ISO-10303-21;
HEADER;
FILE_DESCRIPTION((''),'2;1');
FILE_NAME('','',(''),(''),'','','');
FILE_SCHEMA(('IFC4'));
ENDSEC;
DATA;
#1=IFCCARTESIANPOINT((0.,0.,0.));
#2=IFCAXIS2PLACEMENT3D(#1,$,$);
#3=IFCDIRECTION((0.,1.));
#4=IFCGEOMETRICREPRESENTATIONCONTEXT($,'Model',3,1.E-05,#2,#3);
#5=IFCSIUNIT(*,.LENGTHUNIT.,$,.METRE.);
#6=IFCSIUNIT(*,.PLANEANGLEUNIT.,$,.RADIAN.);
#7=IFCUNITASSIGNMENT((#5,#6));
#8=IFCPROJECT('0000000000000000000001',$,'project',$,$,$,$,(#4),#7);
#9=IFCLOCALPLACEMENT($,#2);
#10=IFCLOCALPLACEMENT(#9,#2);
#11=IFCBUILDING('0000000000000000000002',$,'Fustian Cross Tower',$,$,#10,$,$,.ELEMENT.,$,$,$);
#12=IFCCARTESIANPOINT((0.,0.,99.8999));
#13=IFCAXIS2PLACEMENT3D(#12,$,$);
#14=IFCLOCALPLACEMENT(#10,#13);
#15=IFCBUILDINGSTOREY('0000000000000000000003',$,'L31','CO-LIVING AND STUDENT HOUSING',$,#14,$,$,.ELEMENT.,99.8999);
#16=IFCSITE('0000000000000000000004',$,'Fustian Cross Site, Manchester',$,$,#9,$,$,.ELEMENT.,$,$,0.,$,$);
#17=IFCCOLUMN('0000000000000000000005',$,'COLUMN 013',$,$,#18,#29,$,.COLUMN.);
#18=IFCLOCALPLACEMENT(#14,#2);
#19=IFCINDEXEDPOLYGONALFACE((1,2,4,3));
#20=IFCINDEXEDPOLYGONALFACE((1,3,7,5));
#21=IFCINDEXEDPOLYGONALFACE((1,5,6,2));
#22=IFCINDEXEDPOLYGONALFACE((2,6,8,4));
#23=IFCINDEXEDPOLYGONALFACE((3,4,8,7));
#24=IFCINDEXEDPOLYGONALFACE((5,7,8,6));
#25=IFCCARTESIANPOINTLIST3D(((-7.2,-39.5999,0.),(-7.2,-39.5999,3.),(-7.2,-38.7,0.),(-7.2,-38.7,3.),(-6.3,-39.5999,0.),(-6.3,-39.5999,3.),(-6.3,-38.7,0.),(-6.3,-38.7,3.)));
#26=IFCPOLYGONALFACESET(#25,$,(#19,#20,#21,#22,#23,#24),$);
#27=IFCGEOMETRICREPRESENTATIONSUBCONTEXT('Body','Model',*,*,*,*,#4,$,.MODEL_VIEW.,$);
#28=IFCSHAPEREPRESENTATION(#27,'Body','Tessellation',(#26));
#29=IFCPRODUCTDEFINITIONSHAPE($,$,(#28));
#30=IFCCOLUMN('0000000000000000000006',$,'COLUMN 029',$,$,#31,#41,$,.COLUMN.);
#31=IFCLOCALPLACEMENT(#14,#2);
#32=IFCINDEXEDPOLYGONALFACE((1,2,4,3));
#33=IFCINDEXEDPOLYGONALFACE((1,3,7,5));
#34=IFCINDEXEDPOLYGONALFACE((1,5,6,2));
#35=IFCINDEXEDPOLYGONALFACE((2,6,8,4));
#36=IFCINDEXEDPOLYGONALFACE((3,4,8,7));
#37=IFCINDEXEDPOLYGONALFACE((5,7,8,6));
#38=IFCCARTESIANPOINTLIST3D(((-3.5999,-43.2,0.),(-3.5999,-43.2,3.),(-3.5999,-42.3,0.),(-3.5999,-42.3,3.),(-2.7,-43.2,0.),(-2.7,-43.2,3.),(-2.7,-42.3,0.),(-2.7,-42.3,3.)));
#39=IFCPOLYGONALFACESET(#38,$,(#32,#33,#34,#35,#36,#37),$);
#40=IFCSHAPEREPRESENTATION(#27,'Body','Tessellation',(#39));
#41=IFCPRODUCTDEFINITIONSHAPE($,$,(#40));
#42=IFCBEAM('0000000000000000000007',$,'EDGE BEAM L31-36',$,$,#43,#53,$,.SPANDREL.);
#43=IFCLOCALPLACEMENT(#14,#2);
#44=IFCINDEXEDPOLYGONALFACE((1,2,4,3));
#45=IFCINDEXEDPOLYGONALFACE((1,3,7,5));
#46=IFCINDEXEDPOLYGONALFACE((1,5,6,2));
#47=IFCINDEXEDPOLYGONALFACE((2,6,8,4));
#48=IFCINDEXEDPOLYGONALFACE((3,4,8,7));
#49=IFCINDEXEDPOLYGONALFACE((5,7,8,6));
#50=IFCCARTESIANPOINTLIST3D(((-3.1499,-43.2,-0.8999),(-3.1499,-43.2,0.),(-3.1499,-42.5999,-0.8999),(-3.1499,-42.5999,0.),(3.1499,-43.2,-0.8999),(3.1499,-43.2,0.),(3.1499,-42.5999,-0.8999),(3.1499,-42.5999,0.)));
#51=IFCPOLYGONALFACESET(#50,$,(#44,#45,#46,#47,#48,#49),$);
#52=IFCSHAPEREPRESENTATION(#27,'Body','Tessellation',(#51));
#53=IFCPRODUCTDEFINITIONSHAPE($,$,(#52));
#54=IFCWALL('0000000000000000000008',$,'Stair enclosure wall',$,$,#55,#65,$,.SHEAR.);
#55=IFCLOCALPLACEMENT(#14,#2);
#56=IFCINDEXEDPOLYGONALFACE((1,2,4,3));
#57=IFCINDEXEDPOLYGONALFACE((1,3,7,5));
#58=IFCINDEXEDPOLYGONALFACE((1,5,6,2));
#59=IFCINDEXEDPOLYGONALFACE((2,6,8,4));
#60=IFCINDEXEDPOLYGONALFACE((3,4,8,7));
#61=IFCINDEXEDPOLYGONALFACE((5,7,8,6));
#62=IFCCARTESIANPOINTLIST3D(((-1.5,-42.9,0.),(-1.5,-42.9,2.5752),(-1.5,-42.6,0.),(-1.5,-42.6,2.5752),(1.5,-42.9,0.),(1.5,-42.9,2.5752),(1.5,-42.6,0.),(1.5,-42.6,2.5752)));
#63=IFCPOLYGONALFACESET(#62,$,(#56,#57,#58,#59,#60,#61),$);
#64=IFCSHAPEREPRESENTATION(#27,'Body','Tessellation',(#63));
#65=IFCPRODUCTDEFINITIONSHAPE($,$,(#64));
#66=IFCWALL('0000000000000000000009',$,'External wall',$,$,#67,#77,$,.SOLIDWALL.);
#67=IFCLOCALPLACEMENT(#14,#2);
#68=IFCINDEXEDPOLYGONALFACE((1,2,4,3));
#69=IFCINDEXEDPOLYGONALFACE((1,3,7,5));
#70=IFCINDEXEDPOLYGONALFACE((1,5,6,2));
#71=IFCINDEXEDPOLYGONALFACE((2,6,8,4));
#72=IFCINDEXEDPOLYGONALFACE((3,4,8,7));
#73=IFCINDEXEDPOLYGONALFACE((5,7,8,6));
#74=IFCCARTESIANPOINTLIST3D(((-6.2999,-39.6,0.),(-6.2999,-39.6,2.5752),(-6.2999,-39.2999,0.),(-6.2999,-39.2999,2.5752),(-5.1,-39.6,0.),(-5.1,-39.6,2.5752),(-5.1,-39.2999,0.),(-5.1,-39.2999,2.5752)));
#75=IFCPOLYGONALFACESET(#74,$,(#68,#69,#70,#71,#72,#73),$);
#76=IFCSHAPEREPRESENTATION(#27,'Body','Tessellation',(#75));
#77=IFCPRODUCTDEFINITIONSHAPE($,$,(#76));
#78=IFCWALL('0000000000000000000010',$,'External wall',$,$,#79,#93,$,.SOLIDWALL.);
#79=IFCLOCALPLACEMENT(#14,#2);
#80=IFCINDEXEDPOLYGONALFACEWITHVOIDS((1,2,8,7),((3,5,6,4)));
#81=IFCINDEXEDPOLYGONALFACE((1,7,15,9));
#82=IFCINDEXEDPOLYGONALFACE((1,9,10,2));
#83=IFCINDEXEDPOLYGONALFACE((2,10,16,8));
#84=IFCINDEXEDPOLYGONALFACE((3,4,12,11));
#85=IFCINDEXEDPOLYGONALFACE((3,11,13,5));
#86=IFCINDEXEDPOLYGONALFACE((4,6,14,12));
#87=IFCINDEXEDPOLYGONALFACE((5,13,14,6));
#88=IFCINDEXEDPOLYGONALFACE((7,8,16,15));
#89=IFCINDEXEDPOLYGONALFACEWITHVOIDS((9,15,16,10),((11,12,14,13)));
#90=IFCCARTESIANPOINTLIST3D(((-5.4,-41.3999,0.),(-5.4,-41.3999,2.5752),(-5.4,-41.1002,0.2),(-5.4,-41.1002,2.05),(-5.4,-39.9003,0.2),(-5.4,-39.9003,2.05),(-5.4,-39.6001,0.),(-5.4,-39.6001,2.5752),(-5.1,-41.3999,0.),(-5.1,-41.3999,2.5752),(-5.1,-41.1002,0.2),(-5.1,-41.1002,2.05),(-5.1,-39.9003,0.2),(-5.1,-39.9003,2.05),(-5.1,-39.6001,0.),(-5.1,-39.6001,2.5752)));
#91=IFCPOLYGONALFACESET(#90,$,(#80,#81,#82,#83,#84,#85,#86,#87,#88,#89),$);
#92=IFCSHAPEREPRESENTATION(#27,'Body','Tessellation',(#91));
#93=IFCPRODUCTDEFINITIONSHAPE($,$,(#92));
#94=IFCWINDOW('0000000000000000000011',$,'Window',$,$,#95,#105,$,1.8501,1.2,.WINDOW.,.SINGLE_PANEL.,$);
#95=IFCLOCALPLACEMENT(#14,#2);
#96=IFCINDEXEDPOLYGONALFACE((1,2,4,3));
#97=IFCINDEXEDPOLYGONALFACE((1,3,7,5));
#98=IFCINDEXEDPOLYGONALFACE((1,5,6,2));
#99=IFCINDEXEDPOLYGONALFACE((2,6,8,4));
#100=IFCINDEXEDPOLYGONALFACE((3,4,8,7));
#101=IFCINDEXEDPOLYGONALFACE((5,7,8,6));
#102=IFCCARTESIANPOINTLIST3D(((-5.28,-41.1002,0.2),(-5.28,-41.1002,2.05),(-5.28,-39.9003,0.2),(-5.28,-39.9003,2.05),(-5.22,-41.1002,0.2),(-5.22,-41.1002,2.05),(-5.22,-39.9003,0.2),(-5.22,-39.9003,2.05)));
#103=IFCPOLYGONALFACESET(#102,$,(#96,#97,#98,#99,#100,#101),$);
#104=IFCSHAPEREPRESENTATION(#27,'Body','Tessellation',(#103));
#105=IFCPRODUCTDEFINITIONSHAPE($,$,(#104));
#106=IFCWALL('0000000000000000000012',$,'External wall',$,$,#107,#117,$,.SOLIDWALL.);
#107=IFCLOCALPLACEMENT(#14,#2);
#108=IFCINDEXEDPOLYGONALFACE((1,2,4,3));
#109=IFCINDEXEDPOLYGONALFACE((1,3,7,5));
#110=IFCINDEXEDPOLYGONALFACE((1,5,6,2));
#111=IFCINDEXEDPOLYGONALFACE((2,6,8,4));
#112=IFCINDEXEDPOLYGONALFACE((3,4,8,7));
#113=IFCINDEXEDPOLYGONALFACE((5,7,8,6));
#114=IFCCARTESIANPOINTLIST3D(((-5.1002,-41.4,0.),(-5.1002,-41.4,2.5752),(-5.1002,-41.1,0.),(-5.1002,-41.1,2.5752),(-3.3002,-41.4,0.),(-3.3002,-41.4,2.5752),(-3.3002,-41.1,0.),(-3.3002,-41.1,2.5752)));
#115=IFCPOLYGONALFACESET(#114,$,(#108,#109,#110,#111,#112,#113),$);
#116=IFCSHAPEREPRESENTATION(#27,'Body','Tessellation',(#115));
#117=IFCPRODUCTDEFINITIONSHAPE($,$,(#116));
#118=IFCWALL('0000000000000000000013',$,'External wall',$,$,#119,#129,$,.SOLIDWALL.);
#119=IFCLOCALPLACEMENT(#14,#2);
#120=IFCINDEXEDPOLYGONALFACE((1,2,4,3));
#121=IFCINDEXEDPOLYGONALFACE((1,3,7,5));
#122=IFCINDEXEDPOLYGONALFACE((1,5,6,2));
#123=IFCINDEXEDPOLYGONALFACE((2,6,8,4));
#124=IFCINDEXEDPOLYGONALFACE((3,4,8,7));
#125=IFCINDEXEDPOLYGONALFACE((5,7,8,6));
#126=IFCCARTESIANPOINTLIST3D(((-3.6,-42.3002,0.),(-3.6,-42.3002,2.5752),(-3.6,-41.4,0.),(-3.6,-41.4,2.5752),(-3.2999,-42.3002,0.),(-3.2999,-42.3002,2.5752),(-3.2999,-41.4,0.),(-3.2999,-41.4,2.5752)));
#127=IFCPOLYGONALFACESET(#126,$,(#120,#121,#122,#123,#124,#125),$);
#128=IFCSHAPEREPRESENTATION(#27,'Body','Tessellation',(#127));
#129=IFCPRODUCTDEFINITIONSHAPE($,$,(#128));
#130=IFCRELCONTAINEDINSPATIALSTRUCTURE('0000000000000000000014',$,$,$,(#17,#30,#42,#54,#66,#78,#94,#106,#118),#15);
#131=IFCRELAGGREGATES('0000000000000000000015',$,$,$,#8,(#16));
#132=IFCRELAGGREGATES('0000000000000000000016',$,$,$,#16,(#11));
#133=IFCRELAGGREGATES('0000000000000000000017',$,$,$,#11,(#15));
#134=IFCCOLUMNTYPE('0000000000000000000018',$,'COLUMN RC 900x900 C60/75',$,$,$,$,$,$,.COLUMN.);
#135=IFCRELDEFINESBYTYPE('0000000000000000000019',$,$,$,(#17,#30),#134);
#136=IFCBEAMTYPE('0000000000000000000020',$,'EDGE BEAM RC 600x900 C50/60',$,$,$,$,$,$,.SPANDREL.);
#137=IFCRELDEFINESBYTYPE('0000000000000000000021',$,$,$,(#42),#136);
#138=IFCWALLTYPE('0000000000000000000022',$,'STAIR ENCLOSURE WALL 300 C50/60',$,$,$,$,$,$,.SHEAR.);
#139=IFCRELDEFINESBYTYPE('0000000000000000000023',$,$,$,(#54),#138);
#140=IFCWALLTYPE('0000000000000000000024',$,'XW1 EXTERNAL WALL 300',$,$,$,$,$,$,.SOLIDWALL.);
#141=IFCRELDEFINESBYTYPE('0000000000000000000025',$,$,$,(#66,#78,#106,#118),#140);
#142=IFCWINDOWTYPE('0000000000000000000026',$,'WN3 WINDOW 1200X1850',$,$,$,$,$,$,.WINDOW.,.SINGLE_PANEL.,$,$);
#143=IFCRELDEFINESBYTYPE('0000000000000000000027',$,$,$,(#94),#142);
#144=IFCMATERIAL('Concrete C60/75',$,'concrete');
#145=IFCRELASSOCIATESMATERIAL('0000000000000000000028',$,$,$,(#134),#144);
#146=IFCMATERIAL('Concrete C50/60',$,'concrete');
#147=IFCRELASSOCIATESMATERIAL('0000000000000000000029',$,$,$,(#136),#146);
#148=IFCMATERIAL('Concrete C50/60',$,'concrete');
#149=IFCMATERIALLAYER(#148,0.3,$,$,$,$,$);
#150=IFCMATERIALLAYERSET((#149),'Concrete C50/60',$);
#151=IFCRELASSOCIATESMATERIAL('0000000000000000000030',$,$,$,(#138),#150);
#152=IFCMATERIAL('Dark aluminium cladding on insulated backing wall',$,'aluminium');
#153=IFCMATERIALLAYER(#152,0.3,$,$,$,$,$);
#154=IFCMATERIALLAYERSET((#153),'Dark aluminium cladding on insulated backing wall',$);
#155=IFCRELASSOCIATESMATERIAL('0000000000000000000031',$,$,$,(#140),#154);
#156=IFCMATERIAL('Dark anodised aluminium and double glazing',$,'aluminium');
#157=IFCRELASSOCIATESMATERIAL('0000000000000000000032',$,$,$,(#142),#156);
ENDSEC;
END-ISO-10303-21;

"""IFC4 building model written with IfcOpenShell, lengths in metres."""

from ifc_helpers import new_model, si_unit, direction, frame, frame_2d, origin, origin_2d, place, context, subcontext, project, spatial, rectangle, extrude, material, layer, layer_set, material_profile, profile_set, type_object, element, fill, save


model = new_model("IFC4")

# Units and contexts
model_context = context("Model", 3, precision=1e-05, world=origin(), true_north=direction((0.0, 1.0)))
body_context = subcontext(model_context, "Body", "Model", "MODEL_VIEW")
ifc_project = project(units=[si_unit("LENGTHUNIT", "METRE"), si_unit("PLANEANGLEUNIT", "RADIAN")], contexts=[model_context])

# Site, building, storey
site_placement = place(None, origin())
site = spatial("IfcSite", under=ifc_project, at=site_placement, Name="Fustian Cross Site, Manchester", CompositionType="ELEMENT", RefElevation=0.0)
building_placement = place(site_placement, origin())
building = spatial("IfcBuilding", under=site, at=building_placement, Name="Fustian Cross Tower", CompositionType="ELEMENT")
storey_placement = place(building_placement, frame((0.0, 0.0, 99.8999)))
storey = spatial("IfcBuildingStorey", under=building, at=storey_placement, Name="L31", Description="CO-LIVING AND STUDENT HOUSING", CompositionType="ELEMENT", Elevation=99.8999)

# Columns
ifc_material_1 = material(Name="Concrete C60/75", Category="concrete")
ifc_material_profile_1 = material_profile(ifc_material_1, rectangle(XDim=0.8999, YDim=0.8999, at=origin_2d()), Name="RC 900x900")
ifc_profile_set_1 = profile_set([ifc_material_profile_1], Name="Concrete C60/75")
column_type = type_object("IfcColumnType", Name="COLUMN RC 900x900 C60/75", PredefinedType="COLUMN", material=ifc_profile_set_1)
for number, where, z_axis, x_axis, name in (
    (1, (-6.75, -39.1499, 0.0), (0.0, 0.0, 1.0), (1.0, 0.0, 0.0), "COLUMN 013"),
    (2, (-3.1499, -42.75, 0.0), (0.0, 0.0, 1.0), (1.0, 0.0, 0.0), "COLUMN 029"),
):
    element("IfcColumn", number, at=place(storey_placement, frame(where, z_axis=z_axis, x_axis=x_axis)), inside=storey, type_object=column_type, Name=name, PredefinedType="COLUMN", context=body_context, shape_type="SweptSolid", body=[
        extrude(rectangle(XDim=0.8999, YDim=0.8999, at=origin_2d()), origin(), (0.0, 0.0, 1.0), 3.0),
    ])

# Beam
ifc_material_2 = material(Name="Concrete C50/60", Category="concrete")
ifc_material_profile_2 = material_profile(ifc_material_2, rectangle(XDim=0.6001, YDim=0.8999, at=origin_2d()), Name="RC 600x900")
ifc_profile_set_2 = profile_set([ifc_material_profile_2], Name="Concrete C50/60")
beam_type = type_object("IfcBeamType", Name="EDGE BEAM RC 600x900 C50/60", PredefinedType="SPANDREL", material=ifc_profile_set_2)
beam_placement = place(storey_placement, frame((-3.1499, -42.8999, -0.45), z_axis=(1.0, 0.0, 0.0), x_axis=(0.0, 1.0, 0.0)))
element("IfcBeam", 3, at=beam_placement, inside=storey, type_object=beam_type, Name="EDGE BEAM L31-36", PredefinedType="SPANDREL", context=body_context, shape_type="SweptSolid", body=[
    extrude(rectangle(XDim=0.6001, YDim=0.8999, at=origin_2d()), origin(), (0.0, 0.0, 1.0), 6.2998),
])

# Walls
ifc_material_3 = material(Name="Concrete C50/60", Category="concrete")
ifc_layer_1 = layer(ifc_material_3, 0.3)
ifc_layer_set_1 = layer_set([ifc_layer_1], Name="Concrete C50/60")
wall_type_1 = type_object("IfcWallType", Name="STAIR ENCLOSURE WALL 300 C50/60", PredefinedType="SHEAR", material=ifc_layer_set_1)
wall_1_placement = place(storey_placement, frame((-1.5, -42.75, 0.0), z_axis=(0.0, 0.0, 1.0), x_axis=(1.0, 0.0, 0.0)))
element("IfcWall", 4, at=wall_1_placement, inside=storey, type_object=wall_type_1, Name="Stair enclosure wall", PredefinedType="SHEAR", context=body_context, shape_type="SweptSolid", body=[
    extrude(rectangle(XDim=3.0, YDim=0.3, at=frame_2d((1.5, 0.0))), origin(), (0.0, 0.0, 1.0), 2.5752),
])
ifc_material_4 = material(Name="Dark aluminium cladding on insulated backing wall", Category="aluminium")
ifc_layer_2 = layer(ifc_material_4, 0.3)
ifc_layer_set_2 = layer_set([ifc_layer_2], Name="Dark aluminium cladding on insulated backing wall")
wall_type_2 = type_object("IfcWallType", Name="XW1 EXTERNAL WALL 300", PredefinedType="SOLIDWALL", material=ifc_layer_set_2)
wall_2_placement = place(storey_placement, frame((-6.3, -39.45, 0.0), z_axis=(0.0, 0.0, 1.0), x_axis=(1.0, 0.0, 0.0)))
element("IfcWall", 5, at=wall_2_placement, inside=storey, type_object=wall_type_2, Name="External wall", PredefinedType="SOLIDWALL", context=body_context, shape_type="SweptSolid", body=[
    extrude(rectangle(XDim=1.2, YDim=0.3, at=frame_2d((0.6001, 0.0))), origin(), (0.0, 0.0, 1.0), 2.5752),
])

# Wall, opening, window
wall_3_placement = place(storey_placement, frame((-5.25, -39.6001, 0.0), z_axis=(0.0, 0.0, 1.0), x_axis=(0.0, -1.0, 0.0)))
wall_3 = element("IfcWall", 6, at=wall_3_placement, inside=storey, type_object=wall_type_2, Name="External wall", PredefinedType="SOLIDWALL", context=body_context, shape_type="SweptSolid", body=[
    extrude(rectangle(XDim=1.7998, YDim=0.3, at=frame_2d((0.8999, 0.0))), origin(), (0.0, 0.0, 1.0), 2.5752),
])
opening_1_placement = place(wall_3_placement, frame((0.3, 0.0, 0.2)))
opening_1 = element("IfcOpeningElement", 7, at=opening_1_placement, cuts=wall_3, PredefinedType="OPENING", context=body_context, shape_type="SweptSolid", body=[
    extrude(rectangle(XDim=1.2, YDim=1.8501, at=frame_2d((0.6001, 0.925))), frame((0.0, 0.1599, 0.0), z_axis=(0.0, -1.0, 0.0), x_axis=(1.0, 0.0, 0.0)), (0.0, 0.0, 1.0), 0.3201),
])
ifc_material_5 = material(Name="Dark anodised aluminium and double glazing", Category="aluminium")
window_type_1 = type_object("IfcWindowType", Name="WN3 WINDOW 1200X1850", PartitioningType="SINGLE_PANEL", PredefinedType="WINDOW", material=ifc_material_5)
window_1_placement = place(opening_1_placement, origin())
window_1 = element("IfcWindow", 8, at=window_1_placement, inside=storey, type_object=window_type_1, Name="Window", OverallHeight=1.8501, OverallWidth=1.2, PartitioningType="SINGLE_PANEL", PredefinedType="WINDOW", context=body_context, shape_type="SweptSolid", body=[
    extrude(rectangle(XDim=1.2, YDim=1.8501, at=frame_2d((0.6001, 0.925))), frame((0.0, 0.03, 0.0), z_axis=(0.0, -1.0, 0.0), x_axis=(1.0, 0.0, 0.0)), (0.0, 0.0, 1.0), 0.0601),
])
fill(opening_1, window_1)

# Walls
wall_4_placement = place(storey_placement, frame((-5.1001, -41.25, 0.0), z_axis=(0.0, 0.0, 1.0), x_axis=(1.0, 0.0, 0.0)))
element("IfcWall", 9, at=wall_4_placement, inside=storey, type_object=wall_type_2, Name="External wall", PredefinedType="SOLIDWALL", context=body_context, shape_type="SweptSolid", body=[
    extrude(rectangle(XDim=1.8, YDim=0.3, at=frame_2d((0.8999, 0.0))), origin(), (0.0, 0.0, 1.0), 2.5752),
])
wall_5_placement = place(storey_placement, frame((-3.45, -41.3999, 0.0), z_axis=(0.0, 0.0, 1.0), x_axis=(0.0, -1.0, 0.0)))
element("IfcWall", 10, at=wall_5_placement, inside=storey, type_object=wall_type_2, Name="External wall", PredefinedType="SOLIDWALL", context=body_context, shape_type="SweptSolid", body=[
    extrude(rectangle(XDim=0.9001, YDim=0.3, at=frame_2d((0.4502, 0.0))), origin(), (0.0, 0.0, 1.0), 2.5752),
])

save(model, "model.ifc")
